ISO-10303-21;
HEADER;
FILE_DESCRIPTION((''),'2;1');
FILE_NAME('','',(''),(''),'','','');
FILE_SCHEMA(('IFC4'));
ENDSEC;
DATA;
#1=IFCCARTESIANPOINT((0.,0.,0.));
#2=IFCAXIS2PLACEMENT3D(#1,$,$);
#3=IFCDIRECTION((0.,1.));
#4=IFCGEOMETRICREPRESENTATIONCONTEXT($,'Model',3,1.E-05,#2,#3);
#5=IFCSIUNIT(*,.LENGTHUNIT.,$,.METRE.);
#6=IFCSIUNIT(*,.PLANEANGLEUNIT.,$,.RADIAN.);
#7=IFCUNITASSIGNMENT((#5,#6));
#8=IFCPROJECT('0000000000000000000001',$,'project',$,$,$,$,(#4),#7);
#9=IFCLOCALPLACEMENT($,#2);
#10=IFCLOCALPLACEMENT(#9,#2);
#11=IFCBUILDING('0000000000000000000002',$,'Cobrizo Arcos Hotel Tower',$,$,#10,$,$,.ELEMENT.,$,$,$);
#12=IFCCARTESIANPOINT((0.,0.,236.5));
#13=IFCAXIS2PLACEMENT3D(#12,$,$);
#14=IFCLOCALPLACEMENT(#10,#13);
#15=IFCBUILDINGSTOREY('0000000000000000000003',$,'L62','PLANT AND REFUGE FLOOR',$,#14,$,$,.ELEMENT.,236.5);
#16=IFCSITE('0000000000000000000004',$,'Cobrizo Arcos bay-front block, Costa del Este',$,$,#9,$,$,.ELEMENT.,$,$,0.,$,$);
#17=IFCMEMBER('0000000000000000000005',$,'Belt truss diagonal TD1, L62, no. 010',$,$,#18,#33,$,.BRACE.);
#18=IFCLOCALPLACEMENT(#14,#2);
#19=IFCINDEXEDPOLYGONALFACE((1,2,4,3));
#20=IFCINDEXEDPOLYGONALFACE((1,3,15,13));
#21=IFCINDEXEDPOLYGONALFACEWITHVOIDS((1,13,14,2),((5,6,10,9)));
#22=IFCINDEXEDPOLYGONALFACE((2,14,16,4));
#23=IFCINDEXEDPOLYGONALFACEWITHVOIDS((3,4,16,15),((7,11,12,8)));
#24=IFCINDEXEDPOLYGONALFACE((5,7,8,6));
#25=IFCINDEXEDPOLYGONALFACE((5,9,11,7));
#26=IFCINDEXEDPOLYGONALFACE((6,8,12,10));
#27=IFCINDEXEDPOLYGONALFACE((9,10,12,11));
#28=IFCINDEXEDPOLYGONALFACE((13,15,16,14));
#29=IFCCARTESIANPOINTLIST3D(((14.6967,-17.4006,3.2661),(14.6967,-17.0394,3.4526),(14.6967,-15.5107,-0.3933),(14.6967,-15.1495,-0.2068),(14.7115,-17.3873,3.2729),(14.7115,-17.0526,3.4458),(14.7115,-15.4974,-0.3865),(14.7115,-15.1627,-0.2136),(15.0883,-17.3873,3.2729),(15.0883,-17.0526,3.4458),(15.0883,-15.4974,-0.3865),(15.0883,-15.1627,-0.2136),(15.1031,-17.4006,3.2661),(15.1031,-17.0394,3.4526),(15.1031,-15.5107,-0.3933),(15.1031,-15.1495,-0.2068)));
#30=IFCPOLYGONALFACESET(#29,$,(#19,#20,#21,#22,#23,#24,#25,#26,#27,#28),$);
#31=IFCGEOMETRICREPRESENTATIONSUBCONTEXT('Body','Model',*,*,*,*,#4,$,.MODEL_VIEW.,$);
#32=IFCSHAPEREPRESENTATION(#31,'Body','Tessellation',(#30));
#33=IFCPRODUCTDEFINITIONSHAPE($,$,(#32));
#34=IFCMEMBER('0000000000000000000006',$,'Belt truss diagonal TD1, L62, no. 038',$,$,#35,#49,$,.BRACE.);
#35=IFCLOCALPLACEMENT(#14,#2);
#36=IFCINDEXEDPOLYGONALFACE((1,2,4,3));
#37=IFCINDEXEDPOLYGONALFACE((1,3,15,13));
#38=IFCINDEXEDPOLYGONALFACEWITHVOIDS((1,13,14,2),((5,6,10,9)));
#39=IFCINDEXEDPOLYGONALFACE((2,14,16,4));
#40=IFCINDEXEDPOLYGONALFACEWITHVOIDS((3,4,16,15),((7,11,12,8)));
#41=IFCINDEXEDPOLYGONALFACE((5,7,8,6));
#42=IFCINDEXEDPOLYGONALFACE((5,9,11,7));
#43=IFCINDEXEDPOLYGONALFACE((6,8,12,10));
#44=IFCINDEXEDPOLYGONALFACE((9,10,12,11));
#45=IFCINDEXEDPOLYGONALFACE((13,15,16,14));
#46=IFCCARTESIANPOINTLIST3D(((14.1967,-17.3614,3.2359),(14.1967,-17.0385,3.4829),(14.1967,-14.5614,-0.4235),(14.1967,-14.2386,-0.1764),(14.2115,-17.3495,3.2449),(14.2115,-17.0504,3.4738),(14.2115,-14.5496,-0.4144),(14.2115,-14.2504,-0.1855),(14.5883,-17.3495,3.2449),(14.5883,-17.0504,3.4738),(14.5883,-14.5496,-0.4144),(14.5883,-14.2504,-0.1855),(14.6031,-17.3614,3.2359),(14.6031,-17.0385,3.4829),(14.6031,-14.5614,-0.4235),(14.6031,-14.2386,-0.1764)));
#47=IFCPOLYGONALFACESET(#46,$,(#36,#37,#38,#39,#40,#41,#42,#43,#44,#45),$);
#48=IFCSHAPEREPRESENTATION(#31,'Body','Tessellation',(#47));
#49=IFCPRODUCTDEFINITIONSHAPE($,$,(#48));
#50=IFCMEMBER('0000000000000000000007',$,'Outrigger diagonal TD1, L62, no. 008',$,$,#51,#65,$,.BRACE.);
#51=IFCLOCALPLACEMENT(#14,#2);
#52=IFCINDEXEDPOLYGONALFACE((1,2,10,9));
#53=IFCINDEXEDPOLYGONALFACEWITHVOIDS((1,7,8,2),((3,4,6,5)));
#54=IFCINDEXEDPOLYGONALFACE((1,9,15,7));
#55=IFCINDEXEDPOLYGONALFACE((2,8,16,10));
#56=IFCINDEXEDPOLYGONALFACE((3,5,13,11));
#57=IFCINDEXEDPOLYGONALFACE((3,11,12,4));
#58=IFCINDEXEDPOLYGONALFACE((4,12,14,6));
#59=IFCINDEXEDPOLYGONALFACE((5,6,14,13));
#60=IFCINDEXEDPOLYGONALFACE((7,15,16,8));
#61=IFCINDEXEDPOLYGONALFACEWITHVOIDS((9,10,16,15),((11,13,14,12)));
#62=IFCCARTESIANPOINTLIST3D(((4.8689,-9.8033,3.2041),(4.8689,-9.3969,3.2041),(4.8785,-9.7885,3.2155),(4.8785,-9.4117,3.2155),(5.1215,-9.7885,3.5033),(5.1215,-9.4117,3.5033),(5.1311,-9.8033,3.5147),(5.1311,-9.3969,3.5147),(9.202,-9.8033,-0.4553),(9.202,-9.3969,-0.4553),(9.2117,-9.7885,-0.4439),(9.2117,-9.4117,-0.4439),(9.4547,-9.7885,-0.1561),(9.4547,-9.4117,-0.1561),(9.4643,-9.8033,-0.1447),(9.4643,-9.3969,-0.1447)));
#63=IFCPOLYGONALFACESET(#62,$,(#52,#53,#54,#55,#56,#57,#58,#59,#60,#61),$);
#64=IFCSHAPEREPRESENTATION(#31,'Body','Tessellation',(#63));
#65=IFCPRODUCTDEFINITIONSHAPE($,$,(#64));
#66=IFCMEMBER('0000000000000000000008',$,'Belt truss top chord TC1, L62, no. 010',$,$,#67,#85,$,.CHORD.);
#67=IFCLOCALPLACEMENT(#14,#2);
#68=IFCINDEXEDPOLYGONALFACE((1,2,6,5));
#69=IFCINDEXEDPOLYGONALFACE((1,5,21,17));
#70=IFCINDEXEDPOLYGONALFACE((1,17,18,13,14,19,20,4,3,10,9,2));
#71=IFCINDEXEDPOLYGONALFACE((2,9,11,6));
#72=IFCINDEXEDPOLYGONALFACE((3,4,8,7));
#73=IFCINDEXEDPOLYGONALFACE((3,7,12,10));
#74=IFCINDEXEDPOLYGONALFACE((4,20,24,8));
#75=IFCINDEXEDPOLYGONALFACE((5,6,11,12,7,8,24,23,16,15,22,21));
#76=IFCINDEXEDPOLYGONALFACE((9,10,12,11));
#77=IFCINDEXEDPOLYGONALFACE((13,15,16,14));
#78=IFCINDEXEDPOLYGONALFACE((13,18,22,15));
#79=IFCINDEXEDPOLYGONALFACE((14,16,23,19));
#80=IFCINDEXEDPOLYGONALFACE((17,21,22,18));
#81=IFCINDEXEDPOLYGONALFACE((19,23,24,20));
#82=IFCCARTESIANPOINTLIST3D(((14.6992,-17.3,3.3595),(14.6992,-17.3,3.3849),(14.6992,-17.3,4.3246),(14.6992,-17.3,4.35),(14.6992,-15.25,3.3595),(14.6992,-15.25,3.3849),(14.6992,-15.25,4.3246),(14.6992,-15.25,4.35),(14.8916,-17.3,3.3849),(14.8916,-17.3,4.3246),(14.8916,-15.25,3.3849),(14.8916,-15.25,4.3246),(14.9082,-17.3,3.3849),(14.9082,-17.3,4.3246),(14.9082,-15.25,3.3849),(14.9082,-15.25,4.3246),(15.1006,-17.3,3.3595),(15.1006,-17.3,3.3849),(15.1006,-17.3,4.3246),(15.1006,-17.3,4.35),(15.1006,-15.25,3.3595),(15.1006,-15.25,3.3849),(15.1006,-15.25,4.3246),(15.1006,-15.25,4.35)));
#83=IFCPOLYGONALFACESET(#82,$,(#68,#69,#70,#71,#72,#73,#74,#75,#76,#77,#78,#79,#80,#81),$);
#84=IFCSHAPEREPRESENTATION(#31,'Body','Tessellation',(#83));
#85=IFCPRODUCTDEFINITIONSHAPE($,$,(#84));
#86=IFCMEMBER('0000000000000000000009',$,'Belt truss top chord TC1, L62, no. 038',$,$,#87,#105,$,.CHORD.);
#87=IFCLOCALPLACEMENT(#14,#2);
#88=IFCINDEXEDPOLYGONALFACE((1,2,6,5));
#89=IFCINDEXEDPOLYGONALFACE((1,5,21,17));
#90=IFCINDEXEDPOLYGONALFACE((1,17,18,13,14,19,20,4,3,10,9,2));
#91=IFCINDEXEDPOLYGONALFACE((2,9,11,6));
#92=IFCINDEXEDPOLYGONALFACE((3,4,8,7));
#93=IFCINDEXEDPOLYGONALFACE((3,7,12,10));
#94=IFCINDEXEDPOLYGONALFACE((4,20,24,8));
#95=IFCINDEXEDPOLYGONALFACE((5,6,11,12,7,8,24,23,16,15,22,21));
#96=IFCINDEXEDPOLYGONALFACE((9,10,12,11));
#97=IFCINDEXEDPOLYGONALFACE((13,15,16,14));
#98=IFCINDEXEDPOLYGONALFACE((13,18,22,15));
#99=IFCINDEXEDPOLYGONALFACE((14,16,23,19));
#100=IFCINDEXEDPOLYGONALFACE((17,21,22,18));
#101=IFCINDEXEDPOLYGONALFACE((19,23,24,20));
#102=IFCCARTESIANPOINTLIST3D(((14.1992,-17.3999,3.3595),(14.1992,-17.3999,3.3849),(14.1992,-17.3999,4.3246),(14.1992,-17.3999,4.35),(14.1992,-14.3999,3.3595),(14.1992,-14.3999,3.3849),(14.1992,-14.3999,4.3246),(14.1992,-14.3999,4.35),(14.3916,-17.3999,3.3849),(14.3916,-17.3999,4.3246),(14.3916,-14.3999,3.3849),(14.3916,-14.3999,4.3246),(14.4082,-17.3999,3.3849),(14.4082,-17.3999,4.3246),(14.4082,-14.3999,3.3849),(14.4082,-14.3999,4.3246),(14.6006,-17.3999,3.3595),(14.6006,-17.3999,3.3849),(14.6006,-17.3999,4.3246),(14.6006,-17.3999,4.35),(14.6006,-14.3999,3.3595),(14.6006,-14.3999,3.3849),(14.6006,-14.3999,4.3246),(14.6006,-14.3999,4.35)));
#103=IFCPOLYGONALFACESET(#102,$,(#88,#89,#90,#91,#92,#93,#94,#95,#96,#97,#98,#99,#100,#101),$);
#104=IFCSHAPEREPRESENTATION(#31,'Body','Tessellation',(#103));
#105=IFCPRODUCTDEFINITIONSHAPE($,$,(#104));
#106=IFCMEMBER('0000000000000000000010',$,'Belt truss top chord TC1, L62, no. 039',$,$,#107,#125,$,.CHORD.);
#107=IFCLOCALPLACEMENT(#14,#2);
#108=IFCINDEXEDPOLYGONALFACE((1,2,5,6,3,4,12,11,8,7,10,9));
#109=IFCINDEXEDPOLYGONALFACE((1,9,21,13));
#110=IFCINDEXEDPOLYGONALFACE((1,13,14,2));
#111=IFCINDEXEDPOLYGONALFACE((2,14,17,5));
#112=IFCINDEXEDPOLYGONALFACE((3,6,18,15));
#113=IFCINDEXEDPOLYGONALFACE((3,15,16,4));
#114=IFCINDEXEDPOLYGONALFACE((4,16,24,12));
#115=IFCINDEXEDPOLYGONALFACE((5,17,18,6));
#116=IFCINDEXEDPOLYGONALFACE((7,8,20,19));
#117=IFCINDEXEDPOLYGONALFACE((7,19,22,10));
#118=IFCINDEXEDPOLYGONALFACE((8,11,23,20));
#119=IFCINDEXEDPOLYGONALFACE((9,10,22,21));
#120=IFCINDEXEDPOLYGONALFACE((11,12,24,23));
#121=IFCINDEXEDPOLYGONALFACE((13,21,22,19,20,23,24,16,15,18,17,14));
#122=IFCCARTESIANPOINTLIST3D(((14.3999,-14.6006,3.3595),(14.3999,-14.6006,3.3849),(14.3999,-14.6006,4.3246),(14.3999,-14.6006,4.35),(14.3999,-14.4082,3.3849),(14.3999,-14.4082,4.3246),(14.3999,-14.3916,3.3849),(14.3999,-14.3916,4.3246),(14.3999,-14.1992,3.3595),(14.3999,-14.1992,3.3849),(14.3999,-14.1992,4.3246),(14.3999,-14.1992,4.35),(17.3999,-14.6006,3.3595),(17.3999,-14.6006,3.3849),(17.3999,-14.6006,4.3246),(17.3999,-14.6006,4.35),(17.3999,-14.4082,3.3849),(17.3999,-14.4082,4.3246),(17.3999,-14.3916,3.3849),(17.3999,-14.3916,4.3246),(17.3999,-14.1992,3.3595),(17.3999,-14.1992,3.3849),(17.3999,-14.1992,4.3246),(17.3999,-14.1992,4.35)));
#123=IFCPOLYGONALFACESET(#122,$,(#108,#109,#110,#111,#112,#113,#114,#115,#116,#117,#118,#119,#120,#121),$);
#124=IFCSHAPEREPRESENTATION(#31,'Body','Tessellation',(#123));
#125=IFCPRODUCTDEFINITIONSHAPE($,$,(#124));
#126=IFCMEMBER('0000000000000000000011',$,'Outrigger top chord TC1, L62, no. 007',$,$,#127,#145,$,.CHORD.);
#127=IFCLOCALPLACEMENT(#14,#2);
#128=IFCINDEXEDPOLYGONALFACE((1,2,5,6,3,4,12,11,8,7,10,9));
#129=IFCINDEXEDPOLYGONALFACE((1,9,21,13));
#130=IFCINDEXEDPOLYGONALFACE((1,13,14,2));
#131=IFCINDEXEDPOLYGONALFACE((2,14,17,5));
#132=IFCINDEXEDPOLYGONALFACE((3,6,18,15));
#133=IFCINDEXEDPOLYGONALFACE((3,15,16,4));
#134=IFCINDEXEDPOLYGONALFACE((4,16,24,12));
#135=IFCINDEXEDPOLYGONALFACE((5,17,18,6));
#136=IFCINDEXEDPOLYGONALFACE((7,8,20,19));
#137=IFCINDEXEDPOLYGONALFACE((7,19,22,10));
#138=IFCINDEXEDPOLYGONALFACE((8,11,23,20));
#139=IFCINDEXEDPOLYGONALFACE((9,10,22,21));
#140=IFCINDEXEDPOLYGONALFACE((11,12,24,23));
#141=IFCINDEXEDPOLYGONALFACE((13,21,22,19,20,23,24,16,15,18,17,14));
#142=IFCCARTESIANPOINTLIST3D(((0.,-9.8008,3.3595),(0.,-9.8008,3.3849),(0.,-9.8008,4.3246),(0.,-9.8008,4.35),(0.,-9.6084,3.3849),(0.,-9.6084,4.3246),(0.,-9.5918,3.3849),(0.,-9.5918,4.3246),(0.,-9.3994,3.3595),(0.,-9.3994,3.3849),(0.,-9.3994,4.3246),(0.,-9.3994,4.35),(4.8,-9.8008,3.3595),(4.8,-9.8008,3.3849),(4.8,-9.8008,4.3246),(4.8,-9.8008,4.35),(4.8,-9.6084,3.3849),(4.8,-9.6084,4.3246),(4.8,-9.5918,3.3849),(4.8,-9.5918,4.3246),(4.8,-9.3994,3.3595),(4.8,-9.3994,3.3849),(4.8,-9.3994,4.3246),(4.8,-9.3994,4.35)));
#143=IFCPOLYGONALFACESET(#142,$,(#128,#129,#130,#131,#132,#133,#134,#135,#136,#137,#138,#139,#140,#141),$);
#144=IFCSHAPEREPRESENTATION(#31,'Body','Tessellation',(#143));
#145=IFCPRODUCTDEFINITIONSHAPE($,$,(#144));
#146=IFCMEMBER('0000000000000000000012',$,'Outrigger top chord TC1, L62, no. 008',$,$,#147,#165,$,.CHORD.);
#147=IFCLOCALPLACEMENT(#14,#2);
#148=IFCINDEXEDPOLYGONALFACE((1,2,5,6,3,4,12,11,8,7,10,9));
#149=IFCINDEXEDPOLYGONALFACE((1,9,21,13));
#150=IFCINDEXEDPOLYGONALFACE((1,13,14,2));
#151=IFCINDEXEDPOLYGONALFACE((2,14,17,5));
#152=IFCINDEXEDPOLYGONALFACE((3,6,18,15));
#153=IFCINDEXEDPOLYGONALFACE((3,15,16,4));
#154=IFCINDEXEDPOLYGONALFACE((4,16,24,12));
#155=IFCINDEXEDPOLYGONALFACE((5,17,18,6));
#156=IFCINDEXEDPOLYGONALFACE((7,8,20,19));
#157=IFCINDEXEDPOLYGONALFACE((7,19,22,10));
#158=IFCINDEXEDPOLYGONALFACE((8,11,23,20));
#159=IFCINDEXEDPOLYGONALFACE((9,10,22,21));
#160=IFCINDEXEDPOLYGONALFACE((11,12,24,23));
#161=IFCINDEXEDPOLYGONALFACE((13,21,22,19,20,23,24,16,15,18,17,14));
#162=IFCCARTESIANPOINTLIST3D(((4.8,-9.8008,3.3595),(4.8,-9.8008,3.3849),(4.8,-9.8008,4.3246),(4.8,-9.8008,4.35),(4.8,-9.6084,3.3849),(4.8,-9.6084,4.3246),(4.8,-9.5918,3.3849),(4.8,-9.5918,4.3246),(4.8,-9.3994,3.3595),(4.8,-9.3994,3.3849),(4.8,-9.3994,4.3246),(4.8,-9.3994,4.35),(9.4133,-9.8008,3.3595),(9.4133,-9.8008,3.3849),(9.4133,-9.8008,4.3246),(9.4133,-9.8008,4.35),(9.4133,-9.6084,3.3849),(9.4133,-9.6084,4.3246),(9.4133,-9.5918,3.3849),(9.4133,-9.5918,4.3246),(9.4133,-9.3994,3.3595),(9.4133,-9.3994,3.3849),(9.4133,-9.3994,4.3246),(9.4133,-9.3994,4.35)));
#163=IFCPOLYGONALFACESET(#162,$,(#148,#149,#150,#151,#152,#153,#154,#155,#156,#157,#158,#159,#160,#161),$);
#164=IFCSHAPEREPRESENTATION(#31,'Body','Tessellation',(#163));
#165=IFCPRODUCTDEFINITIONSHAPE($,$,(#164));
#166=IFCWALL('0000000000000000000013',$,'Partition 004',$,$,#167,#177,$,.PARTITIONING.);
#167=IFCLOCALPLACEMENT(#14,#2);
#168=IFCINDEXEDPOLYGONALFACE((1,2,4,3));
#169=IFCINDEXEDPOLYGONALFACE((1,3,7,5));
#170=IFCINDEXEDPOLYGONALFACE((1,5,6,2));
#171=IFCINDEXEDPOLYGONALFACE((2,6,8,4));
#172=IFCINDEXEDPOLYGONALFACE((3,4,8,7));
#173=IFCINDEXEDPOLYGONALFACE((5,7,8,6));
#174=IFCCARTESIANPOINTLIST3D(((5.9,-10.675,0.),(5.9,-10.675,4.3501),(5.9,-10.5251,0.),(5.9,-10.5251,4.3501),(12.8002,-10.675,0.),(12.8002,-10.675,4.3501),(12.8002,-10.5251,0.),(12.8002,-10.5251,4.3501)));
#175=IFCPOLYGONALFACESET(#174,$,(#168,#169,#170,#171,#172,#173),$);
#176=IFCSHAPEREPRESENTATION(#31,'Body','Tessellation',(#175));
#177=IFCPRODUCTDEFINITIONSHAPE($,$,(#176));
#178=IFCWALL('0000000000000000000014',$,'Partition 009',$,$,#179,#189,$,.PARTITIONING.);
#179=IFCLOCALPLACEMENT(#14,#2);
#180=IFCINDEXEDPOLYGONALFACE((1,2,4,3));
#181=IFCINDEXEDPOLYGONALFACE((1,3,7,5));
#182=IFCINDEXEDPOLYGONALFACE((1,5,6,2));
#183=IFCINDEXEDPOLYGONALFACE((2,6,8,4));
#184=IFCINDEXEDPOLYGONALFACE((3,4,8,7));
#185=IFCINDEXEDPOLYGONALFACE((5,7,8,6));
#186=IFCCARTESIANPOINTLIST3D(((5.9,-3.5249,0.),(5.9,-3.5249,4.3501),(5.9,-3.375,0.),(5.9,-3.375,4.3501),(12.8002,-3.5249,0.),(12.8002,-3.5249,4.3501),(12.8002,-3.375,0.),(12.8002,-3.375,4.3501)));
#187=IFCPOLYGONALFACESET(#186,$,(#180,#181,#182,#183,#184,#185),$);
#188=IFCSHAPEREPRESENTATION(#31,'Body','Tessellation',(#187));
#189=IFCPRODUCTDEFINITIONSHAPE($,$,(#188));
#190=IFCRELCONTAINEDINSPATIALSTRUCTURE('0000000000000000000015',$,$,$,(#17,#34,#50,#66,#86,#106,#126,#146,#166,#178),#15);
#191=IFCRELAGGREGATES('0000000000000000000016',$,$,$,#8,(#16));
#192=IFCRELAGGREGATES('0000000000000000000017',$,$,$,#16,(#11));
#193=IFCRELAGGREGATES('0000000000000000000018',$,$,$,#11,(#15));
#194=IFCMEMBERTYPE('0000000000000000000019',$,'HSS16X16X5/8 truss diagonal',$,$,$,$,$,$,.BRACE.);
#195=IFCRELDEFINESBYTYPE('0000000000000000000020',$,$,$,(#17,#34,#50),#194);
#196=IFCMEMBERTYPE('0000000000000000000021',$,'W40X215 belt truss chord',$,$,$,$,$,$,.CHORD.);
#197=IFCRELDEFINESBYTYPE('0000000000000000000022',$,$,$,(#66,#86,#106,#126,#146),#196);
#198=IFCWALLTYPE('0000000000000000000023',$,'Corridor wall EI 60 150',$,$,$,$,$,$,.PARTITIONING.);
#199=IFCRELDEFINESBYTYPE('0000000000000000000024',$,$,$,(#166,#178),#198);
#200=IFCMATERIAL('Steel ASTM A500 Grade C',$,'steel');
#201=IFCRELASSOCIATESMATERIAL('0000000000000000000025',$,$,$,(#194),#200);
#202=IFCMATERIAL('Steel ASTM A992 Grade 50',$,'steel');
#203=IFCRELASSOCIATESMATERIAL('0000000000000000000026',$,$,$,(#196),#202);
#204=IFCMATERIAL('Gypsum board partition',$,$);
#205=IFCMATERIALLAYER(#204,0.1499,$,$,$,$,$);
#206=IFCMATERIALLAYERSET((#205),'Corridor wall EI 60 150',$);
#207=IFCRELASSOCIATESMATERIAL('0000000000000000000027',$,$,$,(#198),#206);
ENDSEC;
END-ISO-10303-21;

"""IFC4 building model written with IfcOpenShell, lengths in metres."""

from ifc_helpers import new_model, si_unit, direction, frame, frame_2d, origin, origin_2d, place, context, subcontext, project, spatial, rectangle, hollow_rectangle, i_section, extrude, material, layer, layer_set, material_profile, profile_set, type_object, element, save


model = new_model("IFC4")

# Units and contexts
model_context = context("Model", 3, precision=1e-05, world=origin(), true_north=direction((0.0, 1.0)))
body_context = subcontext(model_context, "Body", "Model", "MODEL_VIEW")
ifc_project = project(units=[si_unit("LENGTHUNIT", "METRE"), si_unit("PLANEANGLEUNIT", "RADIAN")], contexts=[model_context])

# Site, building, storey
site_placement = place(None, origin())
site = spatial("IfcSite", under=ifc_project, at=site_placement, Name="Cobrizo Arcos bay-front block, Costa del Este", CompositionType="ELEMENT", RefElevation=0.0)
building_placement = place(site_placement, origin())
building = spatial("IfcBuilding", under=site, at=building_placement, Name="Cobrizo Arcos Hotel Tower", CompositionType="ELEMENT")
storey_placement = place(building_placement, frame((0.0, 0.0, 236.5)))
storey = spatial("IfcBuildingStorey", under=building, at=storey_placement, Name="L62", Description="PLANT AND REFUGE FLOOR", CompositionType="ELEMENT", Elevation=236.5)

# Members
ifc_material_1 = material(Name="Steel ASTM A500 Grade C", Category="steel")
ifc_material_profile_1 = material_profile(ifc_material_1, hollow_rectangle(XDim=0.4065, YDim=0.4065, WallThickness=0.0149, at=origin_2d()), Name="HSS16X16X5/8")
ifc_profile_set_1 = profile_set([ifc_material_profile_1], Name="Steel ASTM A500 Grade C")
member_type_1 = type_object("IfcMemberType", Name="HSS16X16X5/8 truss diagonal", PredefinedType="BRACE", material=ifc_profile_set_1)
member_1_placement = place(storey_placement, frame((14.8999, -17.22, 3.3594), z_axis=(0.0, 0.458865, -0.888506), x_axis=(-1.0, 0.0, 0.0)))
element("IfcMember", 1, at=member_1_placement, inside=storey, type_object=member_type_1, Name="Belt truss diagonal TD1, L62, no. 010", PredefinedType="BRACE", context=body_context, shape_type="SweptSolid", body=[
    extrude(hollow_rectangle(XDim=0.4065, YDim=0.4065, WallThickness=0.0149, at=origin_2d()), origin(), (0.0, 0.0, 1.0), 4.1187),
])
member_2_placement = place(storey_placement, frame((14.3999, -17.2, 3.3594), z_axis=(0.0, 0.607678, -0.794183), x_axis=(-1.0, 0.0, 0.0)))
element("IfcMember", 2, at=member_2_placement, inside=storey, type_object=member_type_1, Name="Belt truss diagonal TD1, L62, no. 038", PredefinedType="BRACE", context=body_context, shape_type="SweptSolid", body=[
    extrude(hollow_rectangle(XDim=0.4065, YDim=0.4065, WallThickness=0.0149, at=origin_2d()), origin(), (0.0, 0.0, 1.0), 4.6077),
])
member_3_placement = place(storey_placement, frame((5.0, -9.6001, 3.3594), z_axis=(0.76401, 0.0, -0.645205), x_axis=(0.0, 1.0, 0.0)))
element("IfcMember", 3, at=member_3_placement, inside=storey, type_object=member_type_1, Name="Outrigger diagonal TD1, L62, no. 008", PredefinedType="BRACE", context=body_context, shape_type="SweptSolid", body=[
    extrude(hollow_rectangle(XDim=0.4065, YDim=0.4065, WallThickness=0.0149, at=origin_2d()), origin(), (0.0, 0.0, 1.0), 5.6716),
])
ifc_material_2 = material(Name="Steel ASTM A992 Grade 50", Category="steel")
ifc_material_profile_2 = material_profile(ifc_material_2, i_section(OverallWidth=0.4014, OverallDepth=0.9905, WebThickness=0.0166, FlangeThickness=0.0254, at=origin_2d()), Name="W40X215")
ifc_profile_set_2 = profile_set([ifc_material_profile_2], Name="Steel ASTM A992 Grade 50")
member_type_2 = type_object("IfcMemberType", Name="W40X215 belt truss chord", PredefinedType="CHORD", material=ifc_profile_set_2)
member_4_placement = place(storey_placement, frame((14.8999, -17.3, 3.8547), z_axis=(0.0, 1.0, 0.0), x_axis=(-1.0, 0.0, 0.0)))
element("IfcMember", 4, at=member_4_placement, inside=storey, type_object=member_type_2, Name="Belt truss top chord TC1, L62, no. 010", PredefinedType="CHORD", context=body_context, shape_type="SweptSolid", body=[
    extrude(i_section(OverallWidth=0.4014, OverallDepth=0.9905, WebThickness=0.0166, FlangeThickness=0.0254, at=origin_2d()), origin(), (0.0, 0.0, 1.0), 2.05),
])
for number, where, z_axis, x_axis, name in (
    (5, (14.3999, -17.3999, 3.8547), (0.0, 1.0, 0.0), (-1.0, 0.0, 0.0), "Belt truss top chord TC1, L62, no. 038"),
    (6, (14.3999, -14.3999, 3.8547), (1.0, 0.0, 0.0), (0.0, 1.0, 0.0), "Belt truss top chord TC1, L62, no. 039"),
):
    element("IfcMember", number, at=place(storey_placement, frame(where, z_axis=z_axis, x_axis=x_axis)), inside=storey, type_object=member_type_2, Name=name, PredefinedType="CHORD", context=body_context, shape_type="SweptSolid", body=[
        extrude(i_section(OverallWidth=0.4014, OverallDepth=0.9905, WebThickness=0.0166, FlangeThickness=0.0254, at=origin_2d()), origin(), (0.0, 0.0, 1.0), 3.0),
    ])
member_5_placement = place(storey_placement, frame((0.0, -9.6001, 3.8547), z_axis=(1.0, 0.0, 0.0), x_axis=(0.0, 1.0, 0.0)))
element("IfcMember", 7, at=member_5_placement, inside=storey, type_object=member_type_2, Name="Outrigger top chord TC1, L62, no. 007", PredefinedType="CHORD", context=body_context, shape_type="SweptSolid", body=[
    extrude(i_section(OverallWidth=0.4014, OverallDepth=0.9905, WebThickness=0.0166, FlangeThickness=0.0254, at=origin_2d()), origin(), (0.0, 0.0, 1.0), 4.8),
])
member_6_placement = place(storey_placement, frame((4.8, -9.6001, 3.8547), z_axis=(1.0, 0.0, 0.0), x_axis=(0.0, 1.0, 0.0)))
element("IfcMember", 8, at=member_6_placement, inside=storey, type_object=member_type_2, Name="Outrigger top chord TC1, L62, no. 008", PredefinedType="CHORD", context=body_context, shape_type="SweptSolid", body=[
    extrude(i_section(OverallWidth=0.4014, OverallDepth=0.9905, WebThickness=0.0166, FlangeThickness=0.0254, at=origin_2d()), origin(), (0.0, 0.0, 1.0), 4.6133),
])

# Walls
ifc_material_3 = material(Name="Gypsum board partition")
ifc_layer_1 = layer(ifc_material_3, 0.1499)
ifc_layer_set_1 = layer_set([ifc_layer_1], Name="Corridor wall EI 60 150")
wall_type_1 = type_object("IfcWallType", Name="Corridor wall EI 60 150", PredefinedType="PARTITIONING", material=ifc_layer_set_1)
for number, where, z_axis, x_axis, name in (
    (9, (5.8999, -10.6001, 0.0), (0.0, 0.0, 1.0), (1.0, 0.0, 0.0), "Partition 004"),
    (10, (5.8999, -3.45, 0.0), (0.0, 0.0, 1.0), (1.0, 0.0, 0.0), "Partition 009"),
):
    element("IfcWall", number, at=place(storey_placement, frame(where, z_axis=z_axis, x_axis=x_axis)), inside=storey, type_object=wall_type_1, Name=name, PredefinedType="PARTITIONING", context=body_context, shape_type="SweptSolid", body=[
        extrude(rectangle(XDim=6.9001, YDim=0.1499, at=frame_2d((3.4502, 0.0))), origin(), (0.0, 0.0, 1.0), 4.3501),
    ])

save(model, "model.ifc")
